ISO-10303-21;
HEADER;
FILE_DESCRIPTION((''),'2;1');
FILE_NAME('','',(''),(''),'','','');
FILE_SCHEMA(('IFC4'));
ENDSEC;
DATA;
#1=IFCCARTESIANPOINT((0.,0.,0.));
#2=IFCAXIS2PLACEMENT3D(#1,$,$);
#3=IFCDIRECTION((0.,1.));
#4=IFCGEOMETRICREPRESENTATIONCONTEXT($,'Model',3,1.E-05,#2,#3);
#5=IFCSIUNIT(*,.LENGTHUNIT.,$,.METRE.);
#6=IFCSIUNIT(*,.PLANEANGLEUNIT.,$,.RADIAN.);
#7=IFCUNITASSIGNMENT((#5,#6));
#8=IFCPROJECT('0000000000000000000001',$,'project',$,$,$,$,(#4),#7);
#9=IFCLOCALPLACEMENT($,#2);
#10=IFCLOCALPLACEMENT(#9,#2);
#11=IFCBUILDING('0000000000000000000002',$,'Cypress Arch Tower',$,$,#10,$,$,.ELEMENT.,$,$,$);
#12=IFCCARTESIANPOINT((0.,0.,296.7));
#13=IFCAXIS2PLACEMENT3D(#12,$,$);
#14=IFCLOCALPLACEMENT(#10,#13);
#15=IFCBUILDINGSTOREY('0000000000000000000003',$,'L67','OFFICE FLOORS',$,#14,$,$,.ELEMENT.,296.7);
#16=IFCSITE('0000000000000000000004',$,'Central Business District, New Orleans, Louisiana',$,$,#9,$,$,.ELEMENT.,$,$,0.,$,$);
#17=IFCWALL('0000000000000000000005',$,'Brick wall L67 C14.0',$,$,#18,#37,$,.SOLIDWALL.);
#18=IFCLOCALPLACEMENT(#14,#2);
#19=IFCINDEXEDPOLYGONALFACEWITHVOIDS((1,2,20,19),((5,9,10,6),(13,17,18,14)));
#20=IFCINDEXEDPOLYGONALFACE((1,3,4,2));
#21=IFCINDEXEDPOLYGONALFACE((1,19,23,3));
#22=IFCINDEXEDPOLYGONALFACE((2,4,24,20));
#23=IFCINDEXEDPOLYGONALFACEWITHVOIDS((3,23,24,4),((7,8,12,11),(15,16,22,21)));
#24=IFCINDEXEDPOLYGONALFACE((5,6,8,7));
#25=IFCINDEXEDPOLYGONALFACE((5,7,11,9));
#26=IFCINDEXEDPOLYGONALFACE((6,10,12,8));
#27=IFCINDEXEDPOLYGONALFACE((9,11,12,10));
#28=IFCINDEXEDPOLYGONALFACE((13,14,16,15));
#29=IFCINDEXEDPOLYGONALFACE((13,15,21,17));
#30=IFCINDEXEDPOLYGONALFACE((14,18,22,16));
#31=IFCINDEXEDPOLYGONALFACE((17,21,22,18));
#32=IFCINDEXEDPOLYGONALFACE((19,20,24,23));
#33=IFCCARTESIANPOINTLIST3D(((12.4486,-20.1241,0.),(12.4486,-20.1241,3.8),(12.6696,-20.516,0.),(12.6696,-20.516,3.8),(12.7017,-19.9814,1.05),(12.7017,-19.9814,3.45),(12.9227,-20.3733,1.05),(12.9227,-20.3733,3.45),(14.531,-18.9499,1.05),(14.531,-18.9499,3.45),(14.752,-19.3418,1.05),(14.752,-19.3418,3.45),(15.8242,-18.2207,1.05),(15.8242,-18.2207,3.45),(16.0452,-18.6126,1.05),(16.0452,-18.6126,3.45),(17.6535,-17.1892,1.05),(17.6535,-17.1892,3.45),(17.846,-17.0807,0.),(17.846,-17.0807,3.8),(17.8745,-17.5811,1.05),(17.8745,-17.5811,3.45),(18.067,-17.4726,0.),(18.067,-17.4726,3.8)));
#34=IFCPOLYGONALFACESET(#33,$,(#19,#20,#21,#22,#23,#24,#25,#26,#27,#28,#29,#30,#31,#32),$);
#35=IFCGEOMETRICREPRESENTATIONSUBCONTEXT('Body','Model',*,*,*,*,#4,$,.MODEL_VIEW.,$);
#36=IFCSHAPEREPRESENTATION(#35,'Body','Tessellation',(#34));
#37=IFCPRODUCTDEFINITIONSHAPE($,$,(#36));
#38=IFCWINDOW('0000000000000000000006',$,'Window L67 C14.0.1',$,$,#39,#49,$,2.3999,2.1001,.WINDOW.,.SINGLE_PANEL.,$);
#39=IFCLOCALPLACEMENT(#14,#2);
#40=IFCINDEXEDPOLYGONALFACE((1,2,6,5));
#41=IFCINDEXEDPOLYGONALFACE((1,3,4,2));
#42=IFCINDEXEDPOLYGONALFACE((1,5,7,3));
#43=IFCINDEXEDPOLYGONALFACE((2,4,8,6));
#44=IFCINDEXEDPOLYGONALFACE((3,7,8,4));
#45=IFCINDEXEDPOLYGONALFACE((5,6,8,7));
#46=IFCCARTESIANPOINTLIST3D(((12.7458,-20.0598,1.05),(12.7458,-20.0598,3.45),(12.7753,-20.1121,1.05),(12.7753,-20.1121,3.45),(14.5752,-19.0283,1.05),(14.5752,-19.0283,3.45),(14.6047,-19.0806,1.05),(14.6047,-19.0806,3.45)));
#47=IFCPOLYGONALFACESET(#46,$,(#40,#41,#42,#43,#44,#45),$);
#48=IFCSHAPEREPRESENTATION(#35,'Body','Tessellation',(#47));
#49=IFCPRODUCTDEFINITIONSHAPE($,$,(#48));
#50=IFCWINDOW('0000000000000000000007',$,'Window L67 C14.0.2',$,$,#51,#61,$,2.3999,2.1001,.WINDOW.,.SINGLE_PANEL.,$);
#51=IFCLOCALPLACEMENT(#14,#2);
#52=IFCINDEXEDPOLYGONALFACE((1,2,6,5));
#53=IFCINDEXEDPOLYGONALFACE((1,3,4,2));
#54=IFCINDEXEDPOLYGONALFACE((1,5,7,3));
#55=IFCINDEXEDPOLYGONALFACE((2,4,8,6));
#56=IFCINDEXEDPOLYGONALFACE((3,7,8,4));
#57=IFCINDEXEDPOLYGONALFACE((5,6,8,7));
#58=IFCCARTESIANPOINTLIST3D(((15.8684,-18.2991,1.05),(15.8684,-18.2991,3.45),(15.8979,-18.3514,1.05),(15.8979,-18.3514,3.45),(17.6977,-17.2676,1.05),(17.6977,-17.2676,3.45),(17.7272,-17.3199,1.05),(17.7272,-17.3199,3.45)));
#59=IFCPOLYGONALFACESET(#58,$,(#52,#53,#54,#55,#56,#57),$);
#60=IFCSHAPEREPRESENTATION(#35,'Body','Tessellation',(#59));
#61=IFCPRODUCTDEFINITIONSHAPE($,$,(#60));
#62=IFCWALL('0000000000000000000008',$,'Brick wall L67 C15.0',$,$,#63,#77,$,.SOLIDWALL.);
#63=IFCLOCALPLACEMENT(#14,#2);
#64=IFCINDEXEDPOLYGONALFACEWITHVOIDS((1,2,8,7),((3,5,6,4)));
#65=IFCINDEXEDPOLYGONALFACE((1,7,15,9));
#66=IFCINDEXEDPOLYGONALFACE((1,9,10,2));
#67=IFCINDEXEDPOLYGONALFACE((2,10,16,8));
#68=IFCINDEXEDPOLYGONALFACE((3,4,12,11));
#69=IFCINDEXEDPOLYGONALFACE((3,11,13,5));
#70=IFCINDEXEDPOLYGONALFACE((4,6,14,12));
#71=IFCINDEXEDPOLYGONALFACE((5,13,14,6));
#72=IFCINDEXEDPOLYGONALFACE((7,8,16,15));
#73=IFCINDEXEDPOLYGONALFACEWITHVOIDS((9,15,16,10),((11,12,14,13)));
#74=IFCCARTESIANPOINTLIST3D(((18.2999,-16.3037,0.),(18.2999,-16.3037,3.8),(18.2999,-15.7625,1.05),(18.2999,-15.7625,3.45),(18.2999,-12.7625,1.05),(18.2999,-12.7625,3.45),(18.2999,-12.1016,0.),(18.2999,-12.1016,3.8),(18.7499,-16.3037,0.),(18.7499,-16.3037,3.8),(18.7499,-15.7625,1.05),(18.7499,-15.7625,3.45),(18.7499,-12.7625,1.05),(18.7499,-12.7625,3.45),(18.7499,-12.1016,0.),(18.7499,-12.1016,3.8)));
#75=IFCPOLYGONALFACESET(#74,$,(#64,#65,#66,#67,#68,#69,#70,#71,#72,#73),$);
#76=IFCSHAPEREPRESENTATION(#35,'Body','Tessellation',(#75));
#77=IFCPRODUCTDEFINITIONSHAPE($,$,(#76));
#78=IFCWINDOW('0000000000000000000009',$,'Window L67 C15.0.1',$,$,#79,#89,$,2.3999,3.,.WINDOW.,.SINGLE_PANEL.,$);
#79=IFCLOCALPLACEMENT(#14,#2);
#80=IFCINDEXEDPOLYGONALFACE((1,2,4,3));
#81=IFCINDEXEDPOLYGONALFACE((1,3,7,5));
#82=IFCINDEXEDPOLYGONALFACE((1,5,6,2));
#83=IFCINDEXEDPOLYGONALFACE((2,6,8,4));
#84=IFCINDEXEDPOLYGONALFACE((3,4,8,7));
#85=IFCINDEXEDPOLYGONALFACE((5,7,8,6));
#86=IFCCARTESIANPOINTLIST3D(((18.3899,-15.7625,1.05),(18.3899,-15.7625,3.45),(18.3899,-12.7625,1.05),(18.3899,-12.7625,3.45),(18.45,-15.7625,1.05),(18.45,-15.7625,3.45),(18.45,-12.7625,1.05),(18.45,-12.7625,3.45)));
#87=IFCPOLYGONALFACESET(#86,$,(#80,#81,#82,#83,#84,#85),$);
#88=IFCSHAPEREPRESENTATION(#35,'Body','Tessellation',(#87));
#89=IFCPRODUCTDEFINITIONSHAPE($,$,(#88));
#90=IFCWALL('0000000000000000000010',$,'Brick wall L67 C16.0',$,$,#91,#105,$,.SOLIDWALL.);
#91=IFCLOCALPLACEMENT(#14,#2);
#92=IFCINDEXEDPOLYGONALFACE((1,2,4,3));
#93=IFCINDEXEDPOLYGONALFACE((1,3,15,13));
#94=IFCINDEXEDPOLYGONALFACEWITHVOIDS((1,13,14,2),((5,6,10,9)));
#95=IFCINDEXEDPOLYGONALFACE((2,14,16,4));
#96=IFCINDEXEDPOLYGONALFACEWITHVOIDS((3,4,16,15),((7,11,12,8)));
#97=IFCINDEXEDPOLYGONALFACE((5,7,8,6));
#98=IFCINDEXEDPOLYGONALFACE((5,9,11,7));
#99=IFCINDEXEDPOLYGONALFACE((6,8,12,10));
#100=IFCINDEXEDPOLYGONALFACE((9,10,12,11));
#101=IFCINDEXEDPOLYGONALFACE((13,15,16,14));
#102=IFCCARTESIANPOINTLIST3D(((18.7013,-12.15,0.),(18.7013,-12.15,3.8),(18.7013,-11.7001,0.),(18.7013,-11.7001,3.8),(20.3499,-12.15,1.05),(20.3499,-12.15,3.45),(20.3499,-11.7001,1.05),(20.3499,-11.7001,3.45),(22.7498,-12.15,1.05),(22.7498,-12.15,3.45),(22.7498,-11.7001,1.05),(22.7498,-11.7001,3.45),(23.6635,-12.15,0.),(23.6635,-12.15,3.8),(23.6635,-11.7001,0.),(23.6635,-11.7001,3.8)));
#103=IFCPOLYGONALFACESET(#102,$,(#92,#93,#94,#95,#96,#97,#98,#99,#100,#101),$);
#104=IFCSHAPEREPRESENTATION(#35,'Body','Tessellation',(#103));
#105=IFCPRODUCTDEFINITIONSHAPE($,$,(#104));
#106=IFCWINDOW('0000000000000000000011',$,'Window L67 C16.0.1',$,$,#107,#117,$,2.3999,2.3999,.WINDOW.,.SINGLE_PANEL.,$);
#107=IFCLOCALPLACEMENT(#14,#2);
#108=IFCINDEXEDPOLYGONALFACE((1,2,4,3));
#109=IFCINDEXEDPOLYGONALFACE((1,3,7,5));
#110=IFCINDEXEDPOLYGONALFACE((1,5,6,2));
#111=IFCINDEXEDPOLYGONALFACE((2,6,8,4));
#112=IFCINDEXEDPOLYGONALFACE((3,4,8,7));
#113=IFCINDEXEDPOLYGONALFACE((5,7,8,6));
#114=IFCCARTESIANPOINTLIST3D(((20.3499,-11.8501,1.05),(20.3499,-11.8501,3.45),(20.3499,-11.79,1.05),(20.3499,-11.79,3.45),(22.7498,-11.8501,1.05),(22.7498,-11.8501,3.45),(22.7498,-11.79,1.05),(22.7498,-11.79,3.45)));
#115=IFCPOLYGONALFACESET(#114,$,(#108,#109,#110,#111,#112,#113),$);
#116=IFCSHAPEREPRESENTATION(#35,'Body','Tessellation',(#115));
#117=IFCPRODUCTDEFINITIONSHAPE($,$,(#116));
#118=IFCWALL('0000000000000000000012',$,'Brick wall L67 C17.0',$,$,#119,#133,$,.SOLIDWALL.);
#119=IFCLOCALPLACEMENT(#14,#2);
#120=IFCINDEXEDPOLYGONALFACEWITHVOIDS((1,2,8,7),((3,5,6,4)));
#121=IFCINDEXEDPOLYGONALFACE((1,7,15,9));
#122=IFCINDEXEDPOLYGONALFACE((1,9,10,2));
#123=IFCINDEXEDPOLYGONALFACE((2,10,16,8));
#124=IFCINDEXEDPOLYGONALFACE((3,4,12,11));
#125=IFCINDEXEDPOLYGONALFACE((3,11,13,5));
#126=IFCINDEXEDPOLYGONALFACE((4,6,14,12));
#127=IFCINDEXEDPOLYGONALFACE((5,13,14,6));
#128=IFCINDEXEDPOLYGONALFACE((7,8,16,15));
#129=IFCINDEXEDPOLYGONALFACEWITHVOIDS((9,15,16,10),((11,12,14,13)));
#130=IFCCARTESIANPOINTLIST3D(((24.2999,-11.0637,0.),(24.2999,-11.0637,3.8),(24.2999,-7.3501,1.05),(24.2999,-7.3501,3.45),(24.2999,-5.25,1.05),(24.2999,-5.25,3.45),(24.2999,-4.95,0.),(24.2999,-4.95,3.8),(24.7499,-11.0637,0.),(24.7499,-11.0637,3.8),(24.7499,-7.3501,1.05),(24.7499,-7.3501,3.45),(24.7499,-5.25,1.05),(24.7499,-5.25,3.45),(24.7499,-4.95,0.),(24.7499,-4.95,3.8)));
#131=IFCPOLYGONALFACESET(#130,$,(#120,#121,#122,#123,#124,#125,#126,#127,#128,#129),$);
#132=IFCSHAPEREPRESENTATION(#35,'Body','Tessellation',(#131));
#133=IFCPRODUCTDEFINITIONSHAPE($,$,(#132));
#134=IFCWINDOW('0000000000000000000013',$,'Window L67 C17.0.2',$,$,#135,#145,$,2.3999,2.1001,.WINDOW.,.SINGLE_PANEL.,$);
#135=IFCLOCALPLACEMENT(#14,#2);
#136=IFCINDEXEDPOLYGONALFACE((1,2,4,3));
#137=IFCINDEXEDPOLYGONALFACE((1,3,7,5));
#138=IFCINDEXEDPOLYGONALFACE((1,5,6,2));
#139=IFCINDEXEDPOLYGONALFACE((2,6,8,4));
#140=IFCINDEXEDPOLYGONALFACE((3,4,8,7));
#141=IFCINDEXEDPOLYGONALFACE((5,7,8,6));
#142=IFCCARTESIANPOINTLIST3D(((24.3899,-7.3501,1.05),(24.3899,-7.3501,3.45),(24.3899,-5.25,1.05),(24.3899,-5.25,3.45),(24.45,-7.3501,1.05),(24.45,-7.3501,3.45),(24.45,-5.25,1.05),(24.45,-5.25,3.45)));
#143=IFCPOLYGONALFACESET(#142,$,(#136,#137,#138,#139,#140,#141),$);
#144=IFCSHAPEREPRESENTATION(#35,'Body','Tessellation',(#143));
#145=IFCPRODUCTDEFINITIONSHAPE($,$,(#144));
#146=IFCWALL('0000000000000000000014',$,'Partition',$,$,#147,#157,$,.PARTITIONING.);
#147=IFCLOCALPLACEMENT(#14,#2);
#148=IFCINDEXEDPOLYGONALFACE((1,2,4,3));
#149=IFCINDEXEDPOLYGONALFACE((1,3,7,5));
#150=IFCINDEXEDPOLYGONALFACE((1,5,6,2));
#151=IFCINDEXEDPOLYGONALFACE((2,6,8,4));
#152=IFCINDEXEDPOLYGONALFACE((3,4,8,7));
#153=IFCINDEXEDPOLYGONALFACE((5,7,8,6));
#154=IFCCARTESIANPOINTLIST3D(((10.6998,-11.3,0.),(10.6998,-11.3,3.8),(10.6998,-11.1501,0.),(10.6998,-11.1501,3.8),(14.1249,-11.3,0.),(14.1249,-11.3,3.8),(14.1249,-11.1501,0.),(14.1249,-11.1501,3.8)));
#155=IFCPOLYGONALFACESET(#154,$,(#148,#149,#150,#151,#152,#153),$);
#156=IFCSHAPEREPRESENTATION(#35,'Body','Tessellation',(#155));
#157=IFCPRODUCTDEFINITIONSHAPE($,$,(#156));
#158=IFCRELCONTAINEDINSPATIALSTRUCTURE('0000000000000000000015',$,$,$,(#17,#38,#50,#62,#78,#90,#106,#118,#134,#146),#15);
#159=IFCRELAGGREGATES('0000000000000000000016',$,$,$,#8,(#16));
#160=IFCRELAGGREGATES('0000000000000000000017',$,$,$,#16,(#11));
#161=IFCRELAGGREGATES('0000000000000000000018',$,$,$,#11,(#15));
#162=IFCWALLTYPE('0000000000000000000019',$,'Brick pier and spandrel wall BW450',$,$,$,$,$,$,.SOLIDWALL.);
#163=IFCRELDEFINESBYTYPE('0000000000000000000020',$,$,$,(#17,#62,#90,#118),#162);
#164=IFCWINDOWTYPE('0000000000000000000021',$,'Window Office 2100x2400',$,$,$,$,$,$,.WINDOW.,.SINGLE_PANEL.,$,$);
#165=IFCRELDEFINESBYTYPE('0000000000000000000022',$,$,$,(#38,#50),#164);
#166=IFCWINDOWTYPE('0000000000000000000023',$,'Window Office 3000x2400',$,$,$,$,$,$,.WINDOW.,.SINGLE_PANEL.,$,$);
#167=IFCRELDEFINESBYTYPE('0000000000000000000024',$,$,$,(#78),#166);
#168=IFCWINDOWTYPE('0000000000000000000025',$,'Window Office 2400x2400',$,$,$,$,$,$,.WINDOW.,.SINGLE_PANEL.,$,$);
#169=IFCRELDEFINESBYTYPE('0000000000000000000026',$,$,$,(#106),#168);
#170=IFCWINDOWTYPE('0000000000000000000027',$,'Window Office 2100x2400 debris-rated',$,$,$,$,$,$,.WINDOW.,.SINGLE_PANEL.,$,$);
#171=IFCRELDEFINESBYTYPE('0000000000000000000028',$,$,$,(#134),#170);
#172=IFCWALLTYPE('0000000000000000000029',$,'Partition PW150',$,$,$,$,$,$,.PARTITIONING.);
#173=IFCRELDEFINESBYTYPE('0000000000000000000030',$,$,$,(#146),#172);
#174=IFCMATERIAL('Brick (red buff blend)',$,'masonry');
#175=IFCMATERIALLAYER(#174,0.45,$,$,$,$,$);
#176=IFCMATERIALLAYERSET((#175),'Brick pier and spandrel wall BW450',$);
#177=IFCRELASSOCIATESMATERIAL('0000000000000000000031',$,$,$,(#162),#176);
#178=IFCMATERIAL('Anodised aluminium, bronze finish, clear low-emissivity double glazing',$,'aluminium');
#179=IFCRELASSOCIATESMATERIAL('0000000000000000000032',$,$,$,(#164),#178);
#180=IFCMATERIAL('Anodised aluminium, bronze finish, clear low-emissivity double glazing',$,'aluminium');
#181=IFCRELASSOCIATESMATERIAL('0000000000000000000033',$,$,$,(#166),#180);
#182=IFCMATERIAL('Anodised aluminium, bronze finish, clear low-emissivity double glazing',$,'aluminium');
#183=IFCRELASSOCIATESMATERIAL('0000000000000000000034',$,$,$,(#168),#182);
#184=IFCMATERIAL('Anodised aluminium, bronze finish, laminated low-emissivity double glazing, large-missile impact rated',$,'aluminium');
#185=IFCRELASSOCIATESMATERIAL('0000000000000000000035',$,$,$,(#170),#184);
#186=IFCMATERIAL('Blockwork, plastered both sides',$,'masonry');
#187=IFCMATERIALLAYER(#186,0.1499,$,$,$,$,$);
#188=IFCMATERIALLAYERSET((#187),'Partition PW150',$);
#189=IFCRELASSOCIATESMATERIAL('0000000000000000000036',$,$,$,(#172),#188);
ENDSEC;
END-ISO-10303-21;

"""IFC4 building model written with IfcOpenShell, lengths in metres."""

from ifc_helpers import new_model, si_unit, direction, frame, frame_2d, origin, place, context, subcontext, project, spatial, rectangle, extrude, material, layer, layer_set, type_object, element, fill, save


model = new_model("IFC4")

# Units and contexts
model_context = context("Model", 3, precision=1e-05, world=origin(), true_north=direction((0.0, 1.0)))
body_context = subcontext(model_context, "Body", "Model", "MODEL_VIEW")
ifc_project = project(units=[si_unit("LENGTHUNIT", "METRE"), si_unit("PLANEANGLEUNIT", "RADIAN")], contexts=[model_context])

# Site, building, storey
site_placement = place(None, origin())
site = spatial("IfcSite", under=ifc_project, at=site_placement, Name="Central Business District, New Orleans, Louisiana", CompositionType="ELEMENT", RefElevation=0.0)
building_placement = place(site_placement, origin())
building = spatial("IfcBuilding", under=site, at=building_placement, Name="Cypress Arch Tower", CompositionType="ELEMENT")
storey_placement = place(building_placement, frame((0.0, 0.0, 296.7)))
storey = spatial("IfcBuildingStorey", under=building, at=storey_placement, Name="L67", Description="OFFICE FLOORS", CompositionType="ELEMENT", Elevation=296.7)

# Wall, openings, windows
ifc_material_1 = material(Name="Brick (red buff blend)", Category="masonry")
ifc_layer_1 = layer(ifc_material_1, 0.45)
ifc_layer_set_1 = layer_set([ifc_layer_1], Name="Brick pier and spandrel wall BW450")
wall_type_1 = type_object("IfcWallType", Name="Brick pier and spandrel wall BW450", PredefinedType="SOLIDWALL", material=ifc_layer_set_1)
wall_1_placement = place(storey_placement, frame((12.5591, -20.3201, 0.0), z_axis=(0.0, 0.0, 1.0), x_axis=(0.871066, 0.491166, 0.0)))
wall_1 = element("IfcWall", 1, at=wall_1_placement, inside=storey, type_object=wall_type_1, Name="Brick wall L67 C14.0", PredefinedType="SOLIDWALL", context=body_context, shape_type="SweptSolid", body=[
    extrude(rectangle(XDim=6.1963, YDim=0.45, at=frame_2d((3.0981, 0.0))), origin(), (0.0, 0.0, 1.0), 3.8),
])
opening_1_placement = place(wall_1_placement, frame((0.2905, 0.0, 1.05)))
opening_1 = element("IfcOpeningElement", 2, at=opening_1_placement, cuts=wall_1, PredefinedType="OPENING", context=body_context, shape_type="SweptSolid", body=[
    extrude(rectangle(XDim=2.1001, YDim=2.3999, at=frame_2d((1.05, 1.2))), frame((0.0, 0.2349, 0.0), z_axis=(0.0, -1.0, 0.0), x_axis=(1.0, 0.0, 0.0)), (0.0, 0.0, 1.0), 0.47),
])
opening_2_placement = place(wall_1_placement, frame((3.8752, 0.0, 1.05)))
opening_2 = element("IfcOpeningElement", 3, at=opening_2_placement, cuts=wall_1, PredefinedType="OPENING", context=body_context, shape_type="SweptSolid", body=[
    extrude(rectangle(XDim=2.1001, YDim=2.3999, at=frame_2d((1.05, 1.2))), frame((0.0, 0.2349, 0.0), z_axis=(0.0, -1.0, 0.0), x_axis=(1.0, 0.0, 0.0)), (0.0, 0.0, 1.0), 0.47),
])
ifc_material_2 = material(Name="Anodised aluminium, bronze finish, clear low-emissivity double glazing", Category="aluminium")
window_type_1 = type_object("IfcWindowType", Name="Window Office 2100x2400", PartitioningType="SINGLE_PANEL", PredefinedType="WINDOW", material=ifc_material_2)
window_1_placement = place(opening_1_placement, origin())
window_1 = element("IfcWindow", 4, at=window_1_placement, inside=storey, type_object=window_type_1, Name="Window L67 C14.0.1", OverallHeight=2.3999, OverallWidth=2.1001, PartitioningType="SINGLE_PANEL", PredefinedType="WINDOW", context=body_context, shape_type="SweptSolid", body=[
    extrude(rectangle(XDim=2.1001, YDim=2.3999, at=frame_2d((1.05, 1.2))), frame((0.0, 0.135, 0.0), z_axis=(0.0, -1.0, 0.0), x_axis=(1.0, 0.0, 0.0)), (0.0, 0.0, 1.0), 0.0601),
])
fill(opening_1, window_1)
window_2_placement = place(opening_2_placement, origin())
window_2 = element("IfcWindow", 5, at=window_2_placement, inside=storey, type_object=window_type_1, Name="Window L67 C14.0.2", OverallHeight=2.3999, OverallWidth=2.1001, PartitioningType="SINGLE_PANEL", PredefinedType="WINDOW", context=body_context, shape_type="SweptSolid", body=[
    extrude(rectangle(XDim=2.1001, YDim=2.3999, at=frame_2d((1.05, 1.2))), frame((0.0, 0.135, 0.0), z_axis=(0.0, -1.0, 0.0), x_axis=(1.0, 0.0, 0.0)), (0.0, 0.0, 1.0), 0.0601),
])
fill(opening_2, window_2)

# Walls, openings, windows
wall_2_placement = place(storey_placement, frame((18.5249, -16.3037, 0.0), z_axis=(0.0, 0.0, 1.0), x_axis=(0.0, 1.0, 0.0)))
wall_2 = element("IfcWall", 6, at=wall_2_placement, inside=storey, type_object=wall_type_1, Name="Brick wall L67 C15.0", PredefinedType="SOLIDWALL", context=body_context, shape_type="SweptSolid", body=[
    extrude(rectangle(XDim=4.2021, YDim=0.45, at=frame_2d((2.1011, 0.0))), origin(), (0.0, 0.0, 1.0), 3.8),
])
opening_3_placement = place(wall_2_placement, frame((0.5413, 0.0, 1.05)))
opening_3 = element("IfcOpeningElement", 7, at=opening_3_placement, cuts=wall_2, PredefinedType="OPENING", context=body_context, shape_type="SweptSolid", body=[
    extrude(rectangle(XDim=3.0, YDim=2.3999, at=frame_2d((1.5, 1.2))), frame((0.0, 0.2349, 0.0), z_axis=(0.0, -1.0, 0.0), x_axis=(1.0, 0.0, 0.0)), (0.0, 0.0, 1.0), 0.47),
])
ifc_material_3 = material(Name="Anodised aluminium, bronze finish, clear low-emissivity double glazing", Category="aluminium")
window_type_2 = type_object("IfcWindowType", Name="Window Office 3000x2400", PartitioningType="SINGLE_PANEL", PredefinedType="WINDOW", material=ifc_material_3)
window_3_placement = place(opening_3_placement, origin())
window_3 = element("IfcWindow", 8, at=window_3_placement, inside=storey, type_object=window_type_2, Name="Window L67 C15.0.1", OverallHeight=2.3999, OverallWidth=3.0, PartitioningType="SINGLE_PANEL", PredefinedType="WINDOW", context=body_context, shape_type="SweptSolid", body=[
    extrude(rectangle(XDim=3.0, YDim=2.3999, at=frame_2d((1.5, 1.2))), frame((0.0, 0.135, 0.0), z_axis=(0.0, -1.0, 0.0), x_axis=(1.0, 0.0, 0.0)), (0.0, 0.0, 1.0), 0.0601),
])
fill(opening_3, window_3)
wall_3_placement = place(storey_placement, frame((18.7014, -11.925, 0.0), z_axis=(0.0, 0.0, 1.0), x_axis=(1.0, 0.0, 0.0)))
wall_3 = element("IfcWall", 9, at=wall_3_placement, inside=storey, type_object=wall_type_1, Name="Brick wall L67 C16.0", PredefinedType="SOLIDWALL", context=body_context, shape_type="SweptSolid", body=[
    extrude(rectangle(XDim=4.9622, YDim=0.45, at=frame_2d((2.481, 0.0))), origin(), (0.0, 0.0, 1.0), 3.8),
])
opening_4_placement = place(wall_3_placement, frame((1.6484, 0.0, 1.05)))
opening_4 = element("IfcOpeningElement", 10, at=opening_4_placement, cuts=wall_3, PredefinedType="OPENING", context=body_context, shape_type="SweptSolid", body=[
    extrude(rectangle(XDim=2.3999, YDim=2.3999, at=frame_2d((1.2, 1.2))), frame((0.0, 0.2349, 0.0), z_axis=(0.0, -1.0, 0.0), x_axis=(1.0, 0.0, 0.0)), (0.0, 0.0, 1.0), 0.47),
])
ifc_material_4 = material(Name="Anodised aluminium, bronze finish, clear low-emissivity double glazing", Category="aluminium")
window_type_3 = type_object("IfcWindowType", Name="Window Office 2400x2400", PartitioningType="SINGLE_PANEL", PredefinedType="WINDOW", material=ifc_material_4)
window_4_placement = place(opening_4_placement, origin())
window_4 = element("IfcWindow", 11, at=window_4_placement, inside=storey, type_object=window_type_3, Name="Window L67 C16.0.1", OverallHeight=2.3999, OverallWidth=2.3999, PartitioningType="SINGLE_PANEL", PredefinedType="WINDOW", context=body_context, shape_type="SweptSolid", body=[
    extrude(rectangle(XDim=2.3999, YDim=2.3999, at=frame_2d((1.2, 1.2))), frame((0.0, 0.135, 0.0), z_axis=(0.0, -1.0, 0.0), x_axis=(1.0, 0.0, 0.0)), (0.0, 0.0, 1.0), 0.0601),
])
fill(opening_4, window_4)
wall_4_placement = place(storey_placement, frame((24.5249, -11.0637, 0.0), z_axis=(0.0, 0.0, 1.0), x_axis=(0.0, 1.0, 0.0)))
wall_4 = element("IfcWall", 12, at=wall_4_placement, inside=storey, type_object=wall_type_1, Name="Brick wall L67 C17.0", PredefinedType="SOLIDWALL", context=body_context, shape_type="SweptSolid", body=[
    extrude(rectangle(XDim=6.1138, YDim=0.45, at=frame_2d((3.0569, 0.0))), origin(), (0.0, 0.0, 1.0), 3.8),
])
opening_5_placement = place(wall_4_placement, frame((3.7136, 0.0, 1.05)))
opening_5 = element("IfcOpeningElement", 13, at=opening_5_placement, cuts=wall_4, PredefinedType="OPENING", context=body_context, shape_type="SweptSolid", body=[
    extrude(rectangle(XDim=2.1001, YDim=2.3999, at=frame_2d((1.05, 1.2))), frame((0.0, 0.2349, 0.0), z_axis=(0.0, -1.0, 0.0), x_axis=(1.0, 0.0, 0.0)), (0.0, 0.0, 1.0), 0.47),
])
ifc_material_5 = material(Name="Anodised aluminium, bronze finish, laminated low-emissivity double glazing, large-missile impact rated", Category="aluminium")
window_type_4 = type_object("IfcWindowType", Name="Window Office 2100x2400 debris-rated", PartitioningType="SINGLE_PANEL", PredefinedType="WINDOW", material=ifc_material_5)
window_5_placement = place(opening_5_placement, origin())
window_5 = element("IfcWindow", 14, at=window_5_placement, inside=storey, type_object=window_type_4, Name="Window L67 C17.0.2", OverallHeight=2.3999, OverallWidth=2.1001, PartitioningType="SINGLE_PANEL", PredefinedType="WINDOW", context=body_context, shape_type="SweptSolid", body=[
    extrude(rectangle(XDim=2.1001, YDim=2.3999, at=frame_2d((1.05, 1.2))), frame((0.0, 0.135, 0.0), z_axis=(0.0, -1.0, 0.0), x_axis=(1.0, 0.0, 0.0)), (0.0, 0.0, 1.0), 0.0601),
])
fill(opening_5, window_5)

# Wall
ifc_material_6 = material(Name="Blockwork, plastered both sides", Category="masonry")
ifc_layer_2 = layer(ifc_material_6, 0.1499)
ifc_layer_set_2 = layer_set([ifc_layer_2], Name="Partition PW150")
wall_type_2 = type_object("IfcWallType", Name="Partition PW150", PredefinedType="PARTITIONING", material=ifc_layer_set_2)
wall_5_placement = place(storey_placement, frame((10.7, -11.2251, 0.0), z_axis=(0.0, 0.0, 1.0), x_axis=(1.0, 0.0, 0.0)))
element("IfcWall", 15, at=wall_5_placement, inside=storey, type_object=wall_type_2, Name="Partition", PredefinedType="PARTITIONING", context=body_context, shape_type="SweptSolid", body=[
    extrude(rectangle(XDim=3.425, YDim=0.1499, at=frame_2d((1.7124, 0.0))), origin(), (0.0, 0.0, 1.0), 3.8),
])

save(model, "model.ifc")
